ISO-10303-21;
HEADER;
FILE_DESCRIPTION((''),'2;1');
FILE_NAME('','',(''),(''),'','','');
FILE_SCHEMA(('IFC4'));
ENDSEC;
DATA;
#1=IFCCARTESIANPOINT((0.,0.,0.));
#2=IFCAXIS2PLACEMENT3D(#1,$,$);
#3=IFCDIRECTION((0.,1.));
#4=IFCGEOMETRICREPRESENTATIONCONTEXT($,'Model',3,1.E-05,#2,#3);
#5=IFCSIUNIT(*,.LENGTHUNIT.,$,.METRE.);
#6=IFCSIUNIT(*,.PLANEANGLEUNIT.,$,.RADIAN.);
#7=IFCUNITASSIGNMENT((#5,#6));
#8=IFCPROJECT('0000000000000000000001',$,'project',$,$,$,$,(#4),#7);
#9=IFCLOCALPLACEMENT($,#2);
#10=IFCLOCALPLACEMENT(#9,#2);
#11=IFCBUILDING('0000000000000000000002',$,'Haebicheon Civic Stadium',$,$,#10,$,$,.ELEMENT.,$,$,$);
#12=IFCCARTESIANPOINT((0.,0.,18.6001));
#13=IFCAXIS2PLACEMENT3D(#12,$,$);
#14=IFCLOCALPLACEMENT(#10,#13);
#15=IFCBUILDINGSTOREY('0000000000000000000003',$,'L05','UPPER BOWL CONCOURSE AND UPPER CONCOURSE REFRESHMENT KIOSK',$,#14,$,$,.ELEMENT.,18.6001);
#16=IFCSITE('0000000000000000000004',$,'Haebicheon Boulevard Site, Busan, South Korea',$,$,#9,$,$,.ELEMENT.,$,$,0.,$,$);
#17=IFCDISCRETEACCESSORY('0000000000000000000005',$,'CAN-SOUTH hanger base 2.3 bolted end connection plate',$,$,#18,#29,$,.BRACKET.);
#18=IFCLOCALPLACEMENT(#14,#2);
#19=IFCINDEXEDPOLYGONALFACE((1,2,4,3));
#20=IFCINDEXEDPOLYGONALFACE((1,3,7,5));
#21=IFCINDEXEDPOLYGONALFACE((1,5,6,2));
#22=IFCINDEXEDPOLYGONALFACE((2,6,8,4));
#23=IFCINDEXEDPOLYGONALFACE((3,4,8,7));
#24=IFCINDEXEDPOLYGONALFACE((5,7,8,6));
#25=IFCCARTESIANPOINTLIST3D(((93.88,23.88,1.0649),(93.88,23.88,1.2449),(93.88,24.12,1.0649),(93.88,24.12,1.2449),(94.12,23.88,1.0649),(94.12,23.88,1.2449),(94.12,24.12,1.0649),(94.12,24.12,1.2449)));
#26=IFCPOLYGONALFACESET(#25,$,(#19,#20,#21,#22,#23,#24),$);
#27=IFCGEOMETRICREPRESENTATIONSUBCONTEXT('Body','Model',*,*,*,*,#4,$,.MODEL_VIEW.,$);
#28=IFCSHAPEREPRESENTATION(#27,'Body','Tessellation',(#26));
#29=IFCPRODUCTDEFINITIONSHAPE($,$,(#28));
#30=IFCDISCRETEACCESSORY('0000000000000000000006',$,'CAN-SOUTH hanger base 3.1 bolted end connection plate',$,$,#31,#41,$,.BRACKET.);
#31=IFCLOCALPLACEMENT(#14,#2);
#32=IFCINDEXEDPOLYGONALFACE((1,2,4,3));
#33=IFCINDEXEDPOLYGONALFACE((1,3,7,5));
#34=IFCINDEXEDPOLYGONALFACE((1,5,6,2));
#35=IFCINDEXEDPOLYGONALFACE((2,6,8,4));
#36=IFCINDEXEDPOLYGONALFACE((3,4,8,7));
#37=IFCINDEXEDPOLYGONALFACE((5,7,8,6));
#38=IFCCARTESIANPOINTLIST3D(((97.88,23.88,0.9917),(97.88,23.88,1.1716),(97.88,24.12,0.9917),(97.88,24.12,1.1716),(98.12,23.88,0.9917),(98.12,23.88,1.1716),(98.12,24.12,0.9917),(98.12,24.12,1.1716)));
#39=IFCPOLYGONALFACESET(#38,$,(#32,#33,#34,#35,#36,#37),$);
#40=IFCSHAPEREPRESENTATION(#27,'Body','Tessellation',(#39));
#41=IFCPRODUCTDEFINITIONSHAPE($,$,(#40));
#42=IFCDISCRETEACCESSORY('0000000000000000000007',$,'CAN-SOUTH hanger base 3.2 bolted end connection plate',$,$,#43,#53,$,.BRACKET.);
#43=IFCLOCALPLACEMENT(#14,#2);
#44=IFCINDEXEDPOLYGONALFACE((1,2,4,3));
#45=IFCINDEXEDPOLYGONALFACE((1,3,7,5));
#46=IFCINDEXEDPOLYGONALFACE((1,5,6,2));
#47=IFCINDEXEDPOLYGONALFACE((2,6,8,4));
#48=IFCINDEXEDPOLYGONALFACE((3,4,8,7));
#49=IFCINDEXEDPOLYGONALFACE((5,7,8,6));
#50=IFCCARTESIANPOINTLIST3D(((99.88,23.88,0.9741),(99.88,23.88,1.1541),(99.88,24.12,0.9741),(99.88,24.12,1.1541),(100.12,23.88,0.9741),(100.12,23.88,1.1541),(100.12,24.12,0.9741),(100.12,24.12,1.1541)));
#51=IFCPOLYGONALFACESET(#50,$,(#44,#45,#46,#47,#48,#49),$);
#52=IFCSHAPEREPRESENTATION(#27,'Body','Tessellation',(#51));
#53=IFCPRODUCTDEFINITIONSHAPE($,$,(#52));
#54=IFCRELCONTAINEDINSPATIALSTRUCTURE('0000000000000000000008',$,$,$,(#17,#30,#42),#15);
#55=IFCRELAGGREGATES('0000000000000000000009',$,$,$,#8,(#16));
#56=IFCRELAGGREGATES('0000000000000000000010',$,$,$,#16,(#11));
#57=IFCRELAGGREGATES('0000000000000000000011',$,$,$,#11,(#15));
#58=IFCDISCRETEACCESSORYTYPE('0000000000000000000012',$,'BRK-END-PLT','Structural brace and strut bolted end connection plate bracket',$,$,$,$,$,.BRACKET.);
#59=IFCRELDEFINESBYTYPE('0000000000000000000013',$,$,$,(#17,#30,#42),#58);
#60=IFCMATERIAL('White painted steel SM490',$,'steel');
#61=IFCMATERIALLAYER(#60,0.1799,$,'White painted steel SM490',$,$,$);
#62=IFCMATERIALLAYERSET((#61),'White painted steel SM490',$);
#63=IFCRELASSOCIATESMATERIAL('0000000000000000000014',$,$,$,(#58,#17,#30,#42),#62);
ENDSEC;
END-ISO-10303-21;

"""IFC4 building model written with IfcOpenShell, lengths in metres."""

from ifc_helpers import new_model, si_unit, direction, frame, origin, origin_2d, place, context, subcontext, project, spatial, rectangle, extrude, material, layer, layer_set, type_object, element, save


model = new_model("IFC4")

# Units and contexts
model_context = context("Model", 3, precision=1e-05, world=origin(), true_north=direction((0.0, 1.0)))
body_context = subcontext(model_context, "Body", "Model", "MODEL_VIEW")
ifc_project = project(units=[si_unit("LENGTHUNIT", "METRE"), si_unit("PLANEANGLEUNIT", "RADIAN")], contexts=[model_context])

# Site, building, storey
site_placement = place(None, origin())
site = spatial("IfcSite", under=ifc_project, at=site_placement, Name="Haebicheon Boulevard Site, Busan, South Korea", CompositionType="ELEMENT", RefElevation=0.0)
building_placement = place(site_placement, origin())
building = spatial("IfcBuilding", under=site, at=building_placement, Name="Haebicheon Civic Stadium", CompositionType="ELEMENT")
storey_placement = place(building_placement, frame((0.0, 0.0, 18.6001)))
storey = spatial("IfcBuildingStorey", under=building, at=storey_placement, Name="L05", Description="UPPER BOWL CONCOURSE AND UPPER CONCOURSE REFRESHMENT KIOSK", CompositionType="ELEMENT", Elevation=18.6001)

# Discrete accessories
ifc_material_1 = material(Name="White painted steel SM490", Category="steel")
ifc_layer_1 = layer(ifc_material_1, 0.1799, Name="White painted steel SM490")
ifc_layer_set_1 = layer_set([ifc_layer_1], Name="White painted steel SM490")
discrete_accessory_type = type_object("IfcDiscreteAccessoryType", Name="BRK-END-PLT", Description="Structural brace and strut bolted end connection plate bracket", PredefinedType="BRACKET", material=ifc_layer_set_1)
for number, where, z_axis, x_axis, name in (
    (1, (94.0, 24.0, 1.0649), (0.0, 0.0, 1.0), (1.0, 0.0, 0.0), "CAN-SOUTH hanger base 2.3 bolted end connection plate"),
    (2, (98.0, 24.0, 0.9917), (0.0, 0.0, 1.0), (1.0, 0.0, 0.0), "CAN-SOUTH hanger base 3.1 bolted end connection plate"),
    (3, (100.0, 24.0, 0.9741), (0.0, 0.0, 1.0), (1.0, 0.0, 0.0), "CAN-SOUTH hanger base 3.2 bolted end connection plate"),
):
    element("IfcDiscreteAccessory", number, at=place(storey_placement, frame(where, z_axis=z_axis, x_axis=x_axis)), inside=storey, type_object=discrete_accessory_type, material=ifc_layer_set_1, Name=name, PredefinedType="BRACKET", context=body_context, shape_type="SweptSolid", body=[
        extrude(rectangle(XDim=0.24, YDim=0.24, at=origin_2d()), origin(), (0.0, 0.0, 1.0), 0.1799),
    ])

save(model, "model.ifc")
